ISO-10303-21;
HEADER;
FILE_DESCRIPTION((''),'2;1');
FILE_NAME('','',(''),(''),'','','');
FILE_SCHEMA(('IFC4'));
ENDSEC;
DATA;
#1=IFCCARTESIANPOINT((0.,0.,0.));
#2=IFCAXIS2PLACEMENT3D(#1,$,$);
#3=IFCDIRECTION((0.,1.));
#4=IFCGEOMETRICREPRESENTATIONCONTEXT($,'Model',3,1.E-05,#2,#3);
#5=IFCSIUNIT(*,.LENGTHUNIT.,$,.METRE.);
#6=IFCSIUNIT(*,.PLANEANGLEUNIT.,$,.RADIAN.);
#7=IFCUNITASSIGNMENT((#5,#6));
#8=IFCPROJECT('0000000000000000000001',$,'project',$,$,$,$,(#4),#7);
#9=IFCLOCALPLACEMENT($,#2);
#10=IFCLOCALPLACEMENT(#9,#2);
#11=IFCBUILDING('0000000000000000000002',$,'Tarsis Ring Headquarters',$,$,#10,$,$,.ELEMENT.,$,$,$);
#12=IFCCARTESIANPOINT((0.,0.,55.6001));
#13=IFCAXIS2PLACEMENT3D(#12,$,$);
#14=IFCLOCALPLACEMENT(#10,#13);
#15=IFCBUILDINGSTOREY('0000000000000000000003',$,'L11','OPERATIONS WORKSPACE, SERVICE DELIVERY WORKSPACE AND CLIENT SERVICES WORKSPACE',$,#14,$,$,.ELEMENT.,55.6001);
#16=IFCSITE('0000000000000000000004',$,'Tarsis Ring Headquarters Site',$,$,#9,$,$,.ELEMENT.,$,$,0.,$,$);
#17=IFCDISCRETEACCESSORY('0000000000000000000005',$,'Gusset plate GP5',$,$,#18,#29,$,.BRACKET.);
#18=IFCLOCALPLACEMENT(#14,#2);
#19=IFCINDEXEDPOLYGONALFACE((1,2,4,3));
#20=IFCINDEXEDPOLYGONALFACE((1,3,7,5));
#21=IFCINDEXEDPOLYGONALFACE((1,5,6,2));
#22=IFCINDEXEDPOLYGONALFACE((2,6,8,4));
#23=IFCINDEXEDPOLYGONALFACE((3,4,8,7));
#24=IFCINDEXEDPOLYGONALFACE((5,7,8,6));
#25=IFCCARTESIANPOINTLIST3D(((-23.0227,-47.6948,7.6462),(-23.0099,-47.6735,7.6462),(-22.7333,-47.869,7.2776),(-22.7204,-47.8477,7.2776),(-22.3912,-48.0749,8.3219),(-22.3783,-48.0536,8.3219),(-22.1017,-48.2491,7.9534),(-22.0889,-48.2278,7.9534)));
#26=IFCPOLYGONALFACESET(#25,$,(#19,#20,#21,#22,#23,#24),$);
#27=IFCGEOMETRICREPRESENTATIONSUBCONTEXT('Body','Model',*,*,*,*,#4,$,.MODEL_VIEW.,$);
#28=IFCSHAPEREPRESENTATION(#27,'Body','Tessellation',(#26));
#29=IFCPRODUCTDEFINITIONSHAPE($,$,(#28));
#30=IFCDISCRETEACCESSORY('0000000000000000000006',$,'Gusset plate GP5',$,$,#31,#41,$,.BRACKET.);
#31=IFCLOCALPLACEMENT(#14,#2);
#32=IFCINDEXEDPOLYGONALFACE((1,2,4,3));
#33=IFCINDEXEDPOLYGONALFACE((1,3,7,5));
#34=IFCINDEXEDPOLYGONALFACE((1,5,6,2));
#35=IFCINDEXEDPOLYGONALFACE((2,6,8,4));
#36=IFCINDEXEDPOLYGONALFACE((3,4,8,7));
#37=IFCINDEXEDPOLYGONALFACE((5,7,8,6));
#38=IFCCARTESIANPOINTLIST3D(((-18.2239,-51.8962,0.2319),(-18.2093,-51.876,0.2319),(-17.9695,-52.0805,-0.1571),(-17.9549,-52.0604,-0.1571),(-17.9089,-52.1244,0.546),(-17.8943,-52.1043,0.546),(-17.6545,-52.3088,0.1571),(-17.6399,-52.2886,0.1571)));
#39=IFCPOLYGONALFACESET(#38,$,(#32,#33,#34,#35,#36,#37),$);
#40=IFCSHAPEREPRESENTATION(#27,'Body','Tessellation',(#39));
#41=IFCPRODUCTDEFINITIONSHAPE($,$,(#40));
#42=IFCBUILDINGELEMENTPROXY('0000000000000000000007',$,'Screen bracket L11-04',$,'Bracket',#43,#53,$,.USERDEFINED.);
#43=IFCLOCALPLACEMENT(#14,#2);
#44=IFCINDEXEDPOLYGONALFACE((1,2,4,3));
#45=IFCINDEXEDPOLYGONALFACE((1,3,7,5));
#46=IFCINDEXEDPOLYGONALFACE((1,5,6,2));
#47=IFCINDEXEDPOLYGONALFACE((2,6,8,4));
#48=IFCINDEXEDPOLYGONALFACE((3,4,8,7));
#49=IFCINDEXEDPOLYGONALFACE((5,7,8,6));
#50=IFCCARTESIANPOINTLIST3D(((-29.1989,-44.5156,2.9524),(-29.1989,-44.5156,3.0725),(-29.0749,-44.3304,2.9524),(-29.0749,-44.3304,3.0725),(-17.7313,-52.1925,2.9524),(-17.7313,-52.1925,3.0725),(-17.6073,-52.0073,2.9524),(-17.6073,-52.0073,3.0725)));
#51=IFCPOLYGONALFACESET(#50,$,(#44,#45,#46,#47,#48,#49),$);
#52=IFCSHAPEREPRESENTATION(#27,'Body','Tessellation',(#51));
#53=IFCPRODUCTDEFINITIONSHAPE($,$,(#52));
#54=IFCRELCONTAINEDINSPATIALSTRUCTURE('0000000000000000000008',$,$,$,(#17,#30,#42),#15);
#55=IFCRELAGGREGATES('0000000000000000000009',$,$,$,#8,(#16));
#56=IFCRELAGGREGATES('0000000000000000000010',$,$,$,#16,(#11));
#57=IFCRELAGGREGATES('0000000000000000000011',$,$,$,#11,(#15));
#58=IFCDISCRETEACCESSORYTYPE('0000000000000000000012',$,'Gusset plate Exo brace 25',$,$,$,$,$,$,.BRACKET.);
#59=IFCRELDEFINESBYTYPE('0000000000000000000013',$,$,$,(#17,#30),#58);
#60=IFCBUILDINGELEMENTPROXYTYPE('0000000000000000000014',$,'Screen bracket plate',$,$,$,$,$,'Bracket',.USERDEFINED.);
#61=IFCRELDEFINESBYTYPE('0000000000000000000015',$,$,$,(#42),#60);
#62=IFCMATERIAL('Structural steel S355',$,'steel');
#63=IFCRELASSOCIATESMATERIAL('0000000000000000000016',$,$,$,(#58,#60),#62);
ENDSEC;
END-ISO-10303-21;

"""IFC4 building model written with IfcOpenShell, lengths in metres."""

from ifc_helpers import new_model, si_unit, direction, frame, origin, origin_2d, place, context, subcontext, project, spatial, rectangle, extrude, material, material_profile, profile_set, type_object, element, save


model = new_model("IFC4")

# Units and contexts
model_context = context("Model", 3, precision=1e-05, world=origin(), true_north=direction((0.0, 1.0)))
body_context = subcontext(model_context, "Body", "Model", "MODEL_VIEW")
ifc_project = project(units=[si_unit("LENGTHUNIT", "METRE"), si_unit("PLANEANGLEUNIT", "RADIAN")], contexts=[model_context])

# Site, building, storey
site_placement = place(None, origin())
site = spatial("IfcSite", under=ifc_project, at=site_placement, Name="Tarsis Ring Headquarters Site", CompositionType="ELEMENT", RefElevation=0.0)
building_placement = place(site_placement, origin())
building = spatial("IfcBuilding", under=site, at=building_placement, Name="Tarsis Ring Headquarters", CompositionType="ELEMENT")
storey_placement = place(building_placement, frame((0.0, 0.0, 55.6001)))
storey = spatial("IfcBuildingStorey", under=building, at=storey_placement, Name="L11", Description="OPERATIONS WORKSPACE, SERVICE DELIVERY WORKSPACE AND CLIENT SERVICES WORKSPACE", CompositionType="ELEMENT", Elevation=55.6001)

# Shared definitions
ifc_material_1 = material(Name="Structural steel S355", Category="steel")

# Discrete accessories
ifc_material_profile_1 = material_profile(ifc_material_1, rectangle(XDim=0.0249, YDim=0.5, at=origin_2d()), Name="PL 25x500")
ifc_profile_set_1 = profile_set([ifc_material_profile_1], Name="Structural steel S355")
discrete_accessory_type = type_object("IfcDiscreteAccessoryType", Name="Gusset plate Exo brace 25", PredefinedType="BRACKET", material=ifc_profile_set_1)
discrete_accessory_1_placement = place(storey_placement, frame((-22.8716, -47.7712, 7.4619), z_axis=(0.631565, -0.380111, 0.675753), x_axis=(0.515664, 0.856791, 0.0)))
element("IfcDiscreteAccessory", 1, at=discrete_accessory_1_placement, inside=storey, type_object=discrete_accessory_type, Name="Gusset plate GP5", PredefinedType="BRACKET", context=body_context, shape_type="SweptSolid", body=[
    extrude(rectangle(XDim=0.0249, YDim=0.5, at=origin_2d()), origin(), (0.0, 0.0, 1.0), 1.0),
])
discrete_accessory_2_placement = place(storey_placement, frame((-17.8047, -52.1846, 0.0), z_axis=(-0.508842, 0.36869, 0.777912), x_axis=(-0.586738, -0.809777, 0.0)))
element("IfcDiscreteAccessory", 2, at=discrete_accessory_2_placement, inside=storey, type_object=discrete_accessory_type, Name="Gusset plate GP5", PredefinedType="BRACKET", context=body_context, shape_type="SweptSolid", body=[
    extrude(rectangle(XDim=0.0249, YDim=0.5, at=origin_2d()), origin(), (0.0, 0.0, 1.0), 0.5),
])

# Building element proxy
building_element_proxy_type = type_object("IfcBuildingElementProxyType", Name="Screen bracket plate", ElementType="Bracket", PredefinedType="USERDEFINED", material=ifc_material_1)
proxy_placement = place(storey_placement, frame((-23.4031, -48.2615, 2.9524), z_axis=(0.0, 0.0, 1.0), x_axis=(0.830984, -0.556296, 0.0)))
element("IfcBuildingElementProxy", 3, at=proxy_placement, inside=storey, type_object=building_element_proxy_type, Name="Screen bracket L11-04", ObjectType="Bracket", PredefinedType="USERDEFINED", context=body_context, shape_type="SweptSolid", body=[
    extrude(rectangle(XDim=13.8, YDim=0.2229, at=origin_2d()), origin(), (0.0, 0.0, 1.0), 0.1201),
])

save(model, "model.ifc")
